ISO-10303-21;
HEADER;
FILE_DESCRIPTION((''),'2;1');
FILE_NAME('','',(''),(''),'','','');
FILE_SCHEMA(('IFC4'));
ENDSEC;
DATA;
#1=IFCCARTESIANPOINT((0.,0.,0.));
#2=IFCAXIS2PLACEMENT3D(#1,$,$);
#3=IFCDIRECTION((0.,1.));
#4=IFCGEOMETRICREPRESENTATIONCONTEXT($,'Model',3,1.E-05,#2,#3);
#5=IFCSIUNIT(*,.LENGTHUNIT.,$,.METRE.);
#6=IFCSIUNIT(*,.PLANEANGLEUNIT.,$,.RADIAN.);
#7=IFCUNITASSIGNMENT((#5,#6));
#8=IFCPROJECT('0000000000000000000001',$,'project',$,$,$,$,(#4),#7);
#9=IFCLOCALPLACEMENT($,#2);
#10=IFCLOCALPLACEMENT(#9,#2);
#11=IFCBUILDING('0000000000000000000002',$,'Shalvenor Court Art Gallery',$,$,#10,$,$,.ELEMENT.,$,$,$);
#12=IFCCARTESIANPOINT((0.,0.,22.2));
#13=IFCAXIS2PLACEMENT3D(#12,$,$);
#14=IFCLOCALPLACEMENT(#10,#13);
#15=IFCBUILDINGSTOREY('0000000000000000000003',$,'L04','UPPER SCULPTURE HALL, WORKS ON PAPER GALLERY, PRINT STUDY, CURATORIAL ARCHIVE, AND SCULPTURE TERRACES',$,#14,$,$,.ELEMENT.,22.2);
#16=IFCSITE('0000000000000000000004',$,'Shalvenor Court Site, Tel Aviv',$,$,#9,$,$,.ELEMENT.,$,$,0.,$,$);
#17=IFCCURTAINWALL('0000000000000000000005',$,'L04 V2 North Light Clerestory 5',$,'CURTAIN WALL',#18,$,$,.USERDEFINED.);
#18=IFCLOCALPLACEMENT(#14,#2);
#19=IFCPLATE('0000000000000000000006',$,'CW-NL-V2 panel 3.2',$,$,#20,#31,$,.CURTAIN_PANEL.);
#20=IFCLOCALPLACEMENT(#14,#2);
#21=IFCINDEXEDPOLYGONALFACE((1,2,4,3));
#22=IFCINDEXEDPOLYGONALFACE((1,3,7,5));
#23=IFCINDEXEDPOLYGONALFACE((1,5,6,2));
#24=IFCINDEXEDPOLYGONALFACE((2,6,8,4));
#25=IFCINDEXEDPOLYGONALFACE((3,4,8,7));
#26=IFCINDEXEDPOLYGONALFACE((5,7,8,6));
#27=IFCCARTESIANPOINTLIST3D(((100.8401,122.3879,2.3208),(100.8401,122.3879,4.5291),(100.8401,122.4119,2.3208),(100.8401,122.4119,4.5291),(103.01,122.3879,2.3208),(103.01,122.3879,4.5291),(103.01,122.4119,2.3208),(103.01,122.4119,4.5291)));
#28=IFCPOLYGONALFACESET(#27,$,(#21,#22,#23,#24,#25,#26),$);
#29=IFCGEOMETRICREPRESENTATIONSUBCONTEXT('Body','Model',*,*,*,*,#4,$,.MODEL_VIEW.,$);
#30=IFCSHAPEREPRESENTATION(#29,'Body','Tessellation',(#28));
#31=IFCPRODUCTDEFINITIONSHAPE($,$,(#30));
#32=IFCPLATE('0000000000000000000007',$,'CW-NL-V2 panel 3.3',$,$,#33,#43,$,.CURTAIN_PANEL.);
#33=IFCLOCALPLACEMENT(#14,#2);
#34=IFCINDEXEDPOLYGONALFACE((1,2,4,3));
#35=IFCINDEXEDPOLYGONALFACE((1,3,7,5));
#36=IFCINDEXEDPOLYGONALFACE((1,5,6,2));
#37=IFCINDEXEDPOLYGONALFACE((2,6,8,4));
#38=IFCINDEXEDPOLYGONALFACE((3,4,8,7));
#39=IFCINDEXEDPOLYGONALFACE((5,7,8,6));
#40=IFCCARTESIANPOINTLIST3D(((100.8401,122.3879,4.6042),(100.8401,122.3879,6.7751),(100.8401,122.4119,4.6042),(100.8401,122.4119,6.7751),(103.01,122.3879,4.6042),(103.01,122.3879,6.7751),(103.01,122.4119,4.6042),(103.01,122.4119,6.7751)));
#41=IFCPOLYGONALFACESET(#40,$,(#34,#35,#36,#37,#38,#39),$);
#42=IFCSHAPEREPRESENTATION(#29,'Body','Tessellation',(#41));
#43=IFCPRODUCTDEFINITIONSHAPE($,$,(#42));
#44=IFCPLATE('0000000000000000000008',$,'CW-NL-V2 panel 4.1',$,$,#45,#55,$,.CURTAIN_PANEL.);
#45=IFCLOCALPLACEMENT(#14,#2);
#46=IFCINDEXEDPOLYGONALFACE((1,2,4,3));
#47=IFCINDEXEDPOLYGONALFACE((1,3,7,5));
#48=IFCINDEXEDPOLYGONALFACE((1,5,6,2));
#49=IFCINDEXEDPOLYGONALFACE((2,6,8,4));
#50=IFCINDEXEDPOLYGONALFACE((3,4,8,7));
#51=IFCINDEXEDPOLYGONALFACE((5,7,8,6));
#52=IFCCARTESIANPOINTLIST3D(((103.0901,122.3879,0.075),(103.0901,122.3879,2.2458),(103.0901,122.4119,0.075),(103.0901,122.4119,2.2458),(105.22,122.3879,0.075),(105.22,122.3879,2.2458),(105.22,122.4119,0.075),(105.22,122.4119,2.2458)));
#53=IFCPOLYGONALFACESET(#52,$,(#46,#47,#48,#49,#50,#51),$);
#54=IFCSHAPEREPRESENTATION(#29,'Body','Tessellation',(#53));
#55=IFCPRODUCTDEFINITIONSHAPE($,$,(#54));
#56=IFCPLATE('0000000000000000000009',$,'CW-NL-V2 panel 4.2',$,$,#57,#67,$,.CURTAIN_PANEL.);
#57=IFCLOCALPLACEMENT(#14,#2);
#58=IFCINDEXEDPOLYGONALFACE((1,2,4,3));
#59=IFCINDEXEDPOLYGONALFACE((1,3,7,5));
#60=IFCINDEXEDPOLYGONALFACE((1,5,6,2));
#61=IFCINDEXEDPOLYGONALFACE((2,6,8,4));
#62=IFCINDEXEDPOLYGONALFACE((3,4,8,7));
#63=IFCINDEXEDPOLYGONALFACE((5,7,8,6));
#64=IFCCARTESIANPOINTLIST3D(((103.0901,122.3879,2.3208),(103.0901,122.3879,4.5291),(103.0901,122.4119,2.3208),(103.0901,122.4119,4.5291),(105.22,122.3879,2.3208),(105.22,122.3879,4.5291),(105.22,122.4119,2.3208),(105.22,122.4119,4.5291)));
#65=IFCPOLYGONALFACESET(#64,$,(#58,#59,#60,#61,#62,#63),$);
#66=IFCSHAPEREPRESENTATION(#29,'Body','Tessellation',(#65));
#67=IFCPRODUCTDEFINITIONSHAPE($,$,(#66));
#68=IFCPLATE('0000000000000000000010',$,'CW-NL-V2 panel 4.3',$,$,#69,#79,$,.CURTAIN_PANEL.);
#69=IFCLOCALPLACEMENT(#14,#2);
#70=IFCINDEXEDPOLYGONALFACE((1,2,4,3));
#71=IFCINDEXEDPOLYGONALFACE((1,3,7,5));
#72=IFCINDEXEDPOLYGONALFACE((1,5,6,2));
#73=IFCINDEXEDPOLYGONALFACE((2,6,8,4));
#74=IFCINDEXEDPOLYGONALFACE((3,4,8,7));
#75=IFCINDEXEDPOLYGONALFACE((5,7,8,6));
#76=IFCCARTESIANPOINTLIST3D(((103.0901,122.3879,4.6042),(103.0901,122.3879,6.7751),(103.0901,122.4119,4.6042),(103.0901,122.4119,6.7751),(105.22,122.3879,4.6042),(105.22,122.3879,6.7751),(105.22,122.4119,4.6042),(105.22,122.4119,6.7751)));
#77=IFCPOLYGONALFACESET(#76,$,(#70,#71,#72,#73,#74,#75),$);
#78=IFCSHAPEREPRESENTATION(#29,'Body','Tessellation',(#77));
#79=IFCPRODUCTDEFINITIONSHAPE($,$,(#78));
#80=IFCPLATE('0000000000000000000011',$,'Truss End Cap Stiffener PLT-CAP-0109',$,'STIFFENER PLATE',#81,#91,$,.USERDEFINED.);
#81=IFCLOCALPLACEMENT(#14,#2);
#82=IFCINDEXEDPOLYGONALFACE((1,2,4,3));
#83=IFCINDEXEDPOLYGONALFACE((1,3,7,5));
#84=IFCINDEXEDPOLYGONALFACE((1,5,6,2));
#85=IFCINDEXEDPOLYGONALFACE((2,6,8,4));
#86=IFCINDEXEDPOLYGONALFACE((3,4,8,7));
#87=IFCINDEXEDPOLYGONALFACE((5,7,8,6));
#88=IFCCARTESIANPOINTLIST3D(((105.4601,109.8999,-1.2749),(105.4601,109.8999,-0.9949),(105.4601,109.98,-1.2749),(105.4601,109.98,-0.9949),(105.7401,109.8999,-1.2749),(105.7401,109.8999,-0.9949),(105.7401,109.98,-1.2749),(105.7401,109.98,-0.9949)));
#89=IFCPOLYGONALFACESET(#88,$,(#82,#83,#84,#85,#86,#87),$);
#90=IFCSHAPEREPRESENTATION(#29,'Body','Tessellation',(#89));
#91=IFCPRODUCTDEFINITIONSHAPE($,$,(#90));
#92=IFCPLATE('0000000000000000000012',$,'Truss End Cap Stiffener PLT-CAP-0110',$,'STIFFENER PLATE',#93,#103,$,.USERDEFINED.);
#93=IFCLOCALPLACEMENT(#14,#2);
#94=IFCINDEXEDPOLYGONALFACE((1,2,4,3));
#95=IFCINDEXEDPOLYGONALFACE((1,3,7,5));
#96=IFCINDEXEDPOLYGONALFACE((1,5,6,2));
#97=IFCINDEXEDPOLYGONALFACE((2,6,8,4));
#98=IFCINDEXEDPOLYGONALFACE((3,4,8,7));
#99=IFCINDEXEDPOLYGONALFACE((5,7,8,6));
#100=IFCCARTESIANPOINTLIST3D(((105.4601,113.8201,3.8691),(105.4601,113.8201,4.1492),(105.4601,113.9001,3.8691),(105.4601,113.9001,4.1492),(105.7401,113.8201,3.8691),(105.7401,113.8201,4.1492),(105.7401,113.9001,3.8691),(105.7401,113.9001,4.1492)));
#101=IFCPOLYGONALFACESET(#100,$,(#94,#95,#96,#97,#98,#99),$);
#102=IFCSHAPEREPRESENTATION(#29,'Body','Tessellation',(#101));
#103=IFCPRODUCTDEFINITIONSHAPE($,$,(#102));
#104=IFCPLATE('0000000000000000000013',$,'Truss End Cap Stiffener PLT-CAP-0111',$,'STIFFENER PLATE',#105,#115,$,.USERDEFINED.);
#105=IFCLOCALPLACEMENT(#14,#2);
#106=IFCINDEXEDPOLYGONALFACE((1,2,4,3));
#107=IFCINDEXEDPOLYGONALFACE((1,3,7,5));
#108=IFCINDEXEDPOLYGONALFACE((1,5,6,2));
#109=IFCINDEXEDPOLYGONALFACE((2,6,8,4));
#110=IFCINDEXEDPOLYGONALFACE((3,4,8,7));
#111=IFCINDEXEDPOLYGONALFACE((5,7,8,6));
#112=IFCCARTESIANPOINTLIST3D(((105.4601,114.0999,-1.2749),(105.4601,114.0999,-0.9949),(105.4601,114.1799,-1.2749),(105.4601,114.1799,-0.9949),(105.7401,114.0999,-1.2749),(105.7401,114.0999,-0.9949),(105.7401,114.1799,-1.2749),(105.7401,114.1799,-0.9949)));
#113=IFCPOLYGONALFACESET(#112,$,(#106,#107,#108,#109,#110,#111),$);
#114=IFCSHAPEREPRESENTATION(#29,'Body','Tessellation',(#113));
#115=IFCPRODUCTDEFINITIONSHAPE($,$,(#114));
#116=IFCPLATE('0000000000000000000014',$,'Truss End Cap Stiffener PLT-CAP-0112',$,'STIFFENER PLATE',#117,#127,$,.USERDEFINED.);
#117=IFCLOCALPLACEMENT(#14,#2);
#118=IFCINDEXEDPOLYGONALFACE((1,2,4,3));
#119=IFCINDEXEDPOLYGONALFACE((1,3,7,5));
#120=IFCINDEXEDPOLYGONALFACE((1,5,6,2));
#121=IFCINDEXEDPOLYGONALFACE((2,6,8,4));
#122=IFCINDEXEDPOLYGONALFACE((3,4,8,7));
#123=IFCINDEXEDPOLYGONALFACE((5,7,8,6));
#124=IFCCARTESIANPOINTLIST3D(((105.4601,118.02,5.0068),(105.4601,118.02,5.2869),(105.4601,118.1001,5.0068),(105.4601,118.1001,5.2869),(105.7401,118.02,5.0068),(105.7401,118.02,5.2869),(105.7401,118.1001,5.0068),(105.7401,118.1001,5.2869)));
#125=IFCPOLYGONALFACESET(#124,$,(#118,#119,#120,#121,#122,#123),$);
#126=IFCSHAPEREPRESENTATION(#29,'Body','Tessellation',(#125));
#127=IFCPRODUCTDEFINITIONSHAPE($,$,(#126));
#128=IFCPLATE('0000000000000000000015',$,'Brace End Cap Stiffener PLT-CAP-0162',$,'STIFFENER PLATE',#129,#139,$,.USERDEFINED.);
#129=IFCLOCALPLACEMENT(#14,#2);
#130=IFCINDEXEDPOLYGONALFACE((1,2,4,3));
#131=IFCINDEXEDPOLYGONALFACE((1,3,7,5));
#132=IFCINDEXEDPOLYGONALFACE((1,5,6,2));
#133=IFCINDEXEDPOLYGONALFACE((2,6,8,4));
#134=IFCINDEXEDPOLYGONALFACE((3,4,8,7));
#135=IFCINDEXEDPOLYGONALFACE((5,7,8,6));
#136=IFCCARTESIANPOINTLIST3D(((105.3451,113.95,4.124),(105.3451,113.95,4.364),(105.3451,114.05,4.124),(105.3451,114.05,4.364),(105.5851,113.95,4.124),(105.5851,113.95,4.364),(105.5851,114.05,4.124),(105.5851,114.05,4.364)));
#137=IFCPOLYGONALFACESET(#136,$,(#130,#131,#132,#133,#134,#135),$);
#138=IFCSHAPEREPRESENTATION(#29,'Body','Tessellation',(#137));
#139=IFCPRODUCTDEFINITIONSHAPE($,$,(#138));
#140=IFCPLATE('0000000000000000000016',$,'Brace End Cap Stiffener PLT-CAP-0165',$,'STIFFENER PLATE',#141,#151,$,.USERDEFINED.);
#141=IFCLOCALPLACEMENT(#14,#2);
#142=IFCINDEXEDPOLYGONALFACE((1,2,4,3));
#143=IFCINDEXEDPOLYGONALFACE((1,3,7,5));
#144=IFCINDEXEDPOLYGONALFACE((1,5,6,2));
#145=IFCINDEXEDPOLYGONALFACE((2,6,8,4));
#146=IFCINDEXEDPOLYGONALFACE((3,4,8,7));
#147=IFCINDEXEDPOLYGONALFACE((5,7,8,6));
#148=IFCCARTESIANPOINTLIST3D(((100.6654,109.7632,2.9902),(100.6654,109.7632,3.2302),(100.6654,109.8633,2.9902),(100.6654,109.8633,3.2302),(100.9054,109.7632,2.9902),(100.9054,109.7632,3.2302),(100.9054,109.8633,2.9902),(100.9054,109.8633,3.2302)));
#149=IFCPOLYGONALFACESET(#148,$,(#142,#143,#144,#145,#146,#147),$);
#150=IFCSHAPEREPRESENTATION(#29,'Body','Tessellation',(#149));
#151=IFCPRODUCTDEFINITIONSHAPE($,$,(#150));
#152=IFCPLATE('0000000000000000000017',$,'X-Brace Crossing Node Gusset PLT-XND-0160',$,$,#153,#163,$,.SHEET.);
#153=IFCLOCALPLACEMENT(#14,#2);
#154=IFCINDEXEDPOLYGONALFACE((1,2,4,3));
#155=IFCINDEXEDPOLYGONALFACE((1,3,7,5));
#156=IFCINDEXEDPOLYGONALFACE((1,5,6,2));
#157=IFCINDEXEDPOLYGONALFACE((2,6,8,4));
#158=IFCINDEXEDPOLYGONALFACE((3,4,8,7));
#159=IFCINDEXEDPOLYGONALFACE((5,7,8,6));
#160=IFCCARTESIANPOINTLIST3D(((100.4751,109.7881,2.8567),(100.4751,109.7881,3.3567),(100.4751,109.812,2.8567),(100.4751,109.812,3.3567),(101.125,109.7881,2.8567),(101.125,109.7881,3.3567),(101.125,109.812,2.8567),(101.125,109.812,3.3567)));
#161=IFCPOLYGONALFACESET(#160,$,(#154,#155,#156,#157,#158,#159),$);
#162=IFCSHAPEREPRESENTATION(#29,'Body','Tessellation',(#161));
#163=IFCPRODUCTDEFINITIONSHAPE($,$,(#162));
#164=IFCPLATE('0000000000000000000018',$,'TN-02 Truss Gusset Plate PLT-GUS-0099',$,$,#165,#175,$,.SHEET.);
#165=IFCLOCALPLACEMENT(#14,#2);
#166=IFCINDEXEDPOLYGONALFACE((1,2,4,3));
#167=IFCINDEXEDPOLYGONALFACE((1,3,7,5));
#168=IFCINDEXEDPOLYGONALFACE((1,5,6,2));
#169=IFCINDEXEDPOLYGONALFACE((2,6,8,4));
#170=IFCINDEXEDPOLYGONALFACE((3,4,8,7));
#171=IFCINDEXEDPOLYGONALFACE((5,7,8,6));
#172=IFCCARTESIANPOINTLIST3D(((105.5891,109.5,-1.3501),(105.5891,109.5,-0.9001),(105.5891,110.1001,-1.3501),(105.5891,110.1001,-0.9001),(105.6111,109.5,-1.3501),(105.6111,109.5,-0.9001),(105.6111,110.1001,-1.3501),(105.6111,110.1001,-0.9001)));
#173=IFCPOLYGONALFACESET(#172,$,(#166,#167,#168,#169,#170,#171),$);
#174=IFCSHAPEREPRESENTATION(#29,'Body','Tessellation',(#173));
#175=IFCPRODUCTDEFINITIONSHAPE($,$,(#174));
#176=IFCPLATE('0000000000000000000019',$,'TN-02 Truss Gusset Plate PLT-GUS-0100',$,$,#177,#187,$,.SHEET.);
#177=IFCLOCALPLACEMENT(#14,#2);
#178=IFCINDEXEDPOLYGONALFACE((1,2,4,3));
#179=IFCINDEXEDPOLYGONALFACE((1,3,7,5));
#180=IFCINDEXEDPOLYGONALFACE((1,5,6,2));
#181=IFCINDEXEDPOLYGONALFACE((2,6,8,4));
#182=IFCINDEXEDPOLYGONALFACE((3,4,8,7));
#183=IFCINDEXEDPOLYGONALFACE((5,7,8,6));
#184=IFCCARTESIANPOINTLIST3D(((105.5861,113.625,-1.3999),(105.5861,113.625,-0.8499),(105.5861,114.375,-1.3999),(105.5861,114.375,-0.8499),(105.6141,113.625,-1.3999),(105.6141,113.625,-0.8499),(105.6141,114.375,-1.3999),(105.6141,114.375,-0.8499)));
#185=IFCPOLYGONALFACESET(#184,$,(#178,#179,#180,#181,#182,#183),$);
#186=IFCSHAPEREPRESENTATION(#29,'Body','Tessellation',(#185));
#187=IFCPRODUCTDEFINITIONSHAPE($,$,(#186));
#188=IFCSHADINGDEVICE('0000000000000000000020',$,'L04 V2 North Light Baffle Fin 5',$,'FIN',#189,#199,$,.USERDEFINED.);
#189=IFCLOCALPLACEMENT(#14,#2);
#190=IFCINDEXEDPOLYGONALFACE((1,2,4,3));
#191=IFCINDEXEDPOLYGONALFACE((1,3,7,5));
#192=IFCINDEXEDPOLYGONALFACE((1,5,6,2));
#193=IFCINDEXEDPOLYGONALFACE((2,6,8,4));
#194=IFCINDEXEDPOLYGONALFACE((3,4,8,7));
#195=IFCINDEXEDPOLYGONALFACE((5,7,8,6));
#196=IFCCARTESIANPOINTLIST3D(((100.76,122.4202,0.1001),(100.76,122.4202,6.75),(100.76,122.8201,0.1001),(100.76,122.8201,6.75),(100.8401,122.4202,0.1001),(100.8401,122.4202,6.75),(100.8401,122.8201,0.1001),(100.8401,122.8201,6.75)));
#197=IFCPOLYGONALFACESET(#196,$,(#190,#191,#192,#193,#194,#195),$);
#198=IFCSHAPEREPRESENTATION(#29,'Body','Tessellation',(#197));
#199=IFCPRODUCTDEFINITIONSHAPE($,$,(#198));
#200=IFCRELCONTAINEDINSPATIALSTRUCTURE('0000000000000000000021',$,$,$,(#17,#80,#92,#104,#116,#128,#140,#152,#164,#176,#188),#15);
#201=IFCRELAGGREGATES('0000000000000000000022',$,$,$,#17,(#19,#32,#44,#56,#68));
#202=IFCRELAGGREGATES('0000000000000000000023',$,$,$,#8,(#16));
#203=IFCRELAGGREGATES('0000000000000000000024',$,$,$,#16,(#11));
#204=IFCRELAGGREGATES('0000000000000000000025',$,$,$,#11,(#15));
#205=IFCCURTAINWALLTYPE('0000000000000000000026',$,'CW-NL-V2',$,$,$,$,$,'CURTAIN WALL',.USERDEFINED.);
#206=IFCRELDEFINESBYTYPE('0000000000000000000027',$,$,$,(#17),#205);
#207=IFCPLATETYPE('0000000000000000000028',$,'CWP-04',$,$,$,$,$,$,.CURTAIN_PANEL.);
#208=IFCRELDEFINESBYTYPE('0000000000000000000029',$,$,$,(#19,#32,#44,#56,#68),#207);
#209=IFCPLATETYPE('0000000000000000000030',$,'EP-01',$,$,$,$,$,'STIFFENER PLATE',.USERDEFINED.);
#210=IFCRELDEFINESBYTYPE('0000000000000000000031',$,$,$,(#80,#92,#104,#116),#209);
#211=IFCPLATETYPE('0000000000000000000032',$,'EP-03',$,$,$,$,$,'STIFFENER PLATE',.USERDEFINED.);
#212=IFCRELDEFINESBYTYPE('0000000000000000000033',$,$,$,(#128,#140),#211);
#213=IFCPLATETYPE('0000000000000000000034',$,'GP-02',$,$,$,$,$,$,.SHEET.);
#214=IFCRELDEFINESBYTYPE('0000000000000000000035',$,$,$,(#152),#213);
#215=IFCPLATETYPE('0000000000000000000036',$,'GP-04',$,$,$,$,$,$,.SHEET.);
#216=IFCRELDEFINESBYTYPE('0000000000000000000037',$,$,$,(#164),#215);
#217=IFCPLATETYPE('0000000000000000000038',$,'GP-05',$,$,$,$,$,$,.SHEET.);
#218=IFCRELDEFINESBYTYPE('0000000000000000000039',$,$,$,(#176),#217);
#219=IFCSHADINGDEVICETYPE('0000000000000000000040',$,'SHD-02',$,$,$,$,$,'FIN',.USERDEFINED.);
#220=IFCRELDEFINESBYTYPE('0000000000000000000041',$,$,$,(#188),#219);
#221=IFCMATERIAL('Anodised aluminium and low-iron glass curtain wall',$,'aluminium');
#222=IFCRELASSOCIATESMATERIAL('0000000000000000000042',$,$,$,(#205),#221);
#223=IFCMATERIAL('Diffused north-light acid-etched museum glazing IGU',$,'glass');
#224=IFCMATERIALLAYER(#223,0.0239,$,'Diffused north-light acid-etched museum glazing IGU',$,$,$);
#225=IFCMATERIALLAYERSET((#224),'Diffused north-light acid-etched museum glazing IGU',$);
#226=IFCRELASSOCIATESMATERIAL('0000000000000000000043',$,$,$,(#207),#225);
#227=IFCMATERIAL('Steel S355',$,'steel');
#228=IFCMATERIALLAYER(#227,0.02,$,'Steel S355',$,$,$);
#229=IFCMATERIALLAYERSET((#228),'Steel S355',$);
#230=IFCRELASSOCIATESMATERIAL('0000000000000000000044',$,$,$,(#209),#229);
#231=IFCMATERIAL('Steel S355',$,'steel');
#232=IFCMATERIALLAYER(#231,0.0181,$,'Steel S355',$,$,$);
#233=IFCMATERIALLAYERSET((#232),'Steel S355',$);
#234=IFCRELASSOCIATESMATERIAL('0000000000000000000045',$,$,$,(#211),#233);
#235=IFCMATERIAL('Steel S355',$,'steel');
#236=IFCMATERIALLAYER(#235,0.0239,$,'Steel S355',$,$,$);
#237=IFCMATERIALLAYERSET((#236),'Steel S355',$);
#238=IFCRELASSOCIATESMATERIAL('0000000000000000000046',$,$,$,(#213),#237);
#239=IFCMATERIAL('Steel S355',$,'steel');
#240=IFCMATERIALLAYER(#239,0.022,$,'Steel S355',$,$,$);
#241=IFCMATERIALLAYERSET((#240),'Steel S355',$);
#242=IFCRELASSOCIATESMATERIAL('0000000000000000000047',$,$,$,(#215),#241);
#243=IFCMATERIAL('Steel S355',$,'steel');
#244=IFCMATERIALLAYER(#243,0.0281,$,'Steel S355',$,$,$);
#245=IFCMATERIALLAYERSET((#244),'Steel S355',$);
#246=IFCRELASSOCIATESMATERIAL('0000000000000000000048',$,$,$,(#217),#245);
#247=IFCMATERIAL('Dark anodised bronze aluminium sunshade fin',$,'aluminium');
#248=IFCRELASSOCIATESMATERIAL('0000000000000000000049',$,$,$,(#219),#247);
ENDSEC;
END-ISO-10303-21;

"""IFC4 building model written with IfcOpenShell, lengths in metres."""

from ifc_helpers import new_model, si_unit, direction, frame, origin, origin_2d, place, context, subcontext, project, spatial, rectangle, extrude, material, layer, layer_set, type_object, element, aggregate, save


model = new_model("IFC4")

# Units and contexts
model_context = context("Model", 3, precision=1e-05, world=origin(), true_north=direction((0.0, 1.0)))
body_context = subcontext(model_context, "Body", "Model", "MODEL_VIEW")
ifc_project = project(units=[si_unit("LENGTHUNIT", "METRE"), si_unit("PLANEANGLEUNIT", "RADIAN")], contexts=[model_context])

# Site, building, storey
site_placement = place(None, origin())
site = spatial("IfcSite", under=ifc_project, at=site_placement, Name="Shalvenor Court Site, Tel Aviv", CompositionType="ELEMENT", RefElevation=0.0)
building_placement = place(site_placement, origin())
building = spatial("IfcBuilding", under=site, at=building_placement, Name="Shalvenor Court Art Gallery", CompositionType="ELEMENT")
storey_placement = place(building_placement, frame((0.0, 0.0, 22.2)))
storey = spatial("IfcBuildingStorey", under=building, at=storey_placement, Name="L04", Description="UPPER SCULPTURE HALL, WORKS ON PAPER GALLERY, PRINT STUDY, CURATORIAL ARCHIVE, AND SCULPTURE TERRACES", CompositionType="ELEMENT", Elevation=22.2)

# Curtain wall
ifc_material_1 = material(Name="Anodised aluminium and low-iron glass curtain wall", Category="aluminium")
curtain_wall_type = type_object("IfcCurtainWallType", Name="CW-NL-V2", ElementType="CURTAIN WALL", PredefinedType="USERDEFINED", material=ifc_material_1)
curtain_wall_placement = place(storey_placement, origin())
curtain_wall = element("IfcCurtainWall", 1, at=curtain_wall_placement, inside=storey, type_object=curtain_wall_type, Name="L04 V2 North Light Clerestory 5", ObjectType="CURTAIN WALL", PredefinedType="USERDEFINED")

# Plates
ifc_material_2 = material(Name="Diffused north-light acid-etched museum glazing IGU", Category="glass")
ifc_layer_1 = layer(ifc_material_2, 0.0239, Name="Diffused north-light acid-etched museum glazing IGU")
ifc_layer_set_1 = layer_set([ifc_layer_1], Name="Diffused north-light acid-etched museum glazing IGU")
plate_type_1 = type_object("IfcPlateType", Name="CWP-04", PredefinedType="CURTAIN_PANEL", material=ifc_layer_set_1)
plate_1_placement = place(storey_placement, frame((101.925, 122.3999, 2.3208), z_axis=(0.0, 0.0, 1.0), x_axis=(1.0, 0.0, 0.0)))
plate_1 = element("IfcPlate", 2, at=plate_1_placement, type_object=plate_type_1, Name="CW-NL-V2 panel 3.2", PredefinedType="CURTAIN_PANEL", context=body_context, shape_type="SweptSolid", body=[
    extrude(rectangle(XDim=2.1699, YDim=0.0239, at=origin_2d()), origin(), (0.0, 0.0, 1.0), 2.2083),
])
plate_2_placement = place(storey_placement, frame((101.925, 122.3999, 4.6042), z_axis=(0.0, 0.0, 1.0), x_axis=(1.0, 0.0, 0.0)))
plate_2 = element("IfcPlate", 3, at=plate_2_placement, type_object=plate_type_1, Name="CW-NL-V2 panel 3.3", PredefinedType="CURTAIN_PANEL", context=body_context, shape_type="SweptSolid", body=[
    extrude(rectangle(XDim=2.1699, YDim=0.0239, at=origin_2d()), origin(), (0.0, 0.0, 1.0), 2.1709),
])
plate_3_placement = place(storey_placement, frame((104.155, 122.3999, 0.075), z_axis=(0.0, 0.0, 1.0), x_axis=(1.0, 0.0, 0.0)))
plate_3 = element("IfcPlate", 4, at=plate_3_placement, type_object=plate_type_1, Name="CW-NL-V2 panel 4.1", PredefinedType="CURTAIN_PANEL", context=body_context, shape_type="SweptSolid", body=[
    extrude(rectangle(XDim=2.1299, YDim=0.0239, at=origin_2d()), origin(), (0.0, 0.0, 1.0), 2.1709),
])
plate_4_placement = place(storey_placement, frame((104.155, 122.3999, 2.3208), z_axis=(0.0, 0.0, 1.0), x_axis=(1.0, 0.0, 0.0)))
plate_4 = element("IfcPlate", 5, at=plate_4_placement, type_object=plate_type_1, Name="CW-NL-V2 panel 4.2", PredefinedType="CURTAIN_PANEL", context=body_context, shape_type="SweptSolid", body=[
    extrude(rectangle(XDim=2.1299, YDim=0.0239, at=origin_2d()), origin(), (0.0, 0.0, 1.0), 2.2083),
])
plate_5_placement = place(storey_placement, frame((104.155, 122.3999, 4.6042), z_axis=(0.0, 0.0, 1.0), x_axis=(1.0, 0.0, 0.0)))
plate_5 = element("IfcPlate", 6, at=plate_5_placement, type_object=plate_type_1, Name="CW-NL-V2 panel 4.3", PredefinedType="CURTAIN_PANEL", context=body_context, shape_type="SweptSolid", body=[
    extrude(rectangle(XDim=2.1299, YDim=0.0239, at=origin_2d()), origin(), (0.0, 0.0, 1.0), 2.1709),
])
aggregate(curtain_wall, [plate_1, plate_2, plate_3, plate_4, plate_5])

# Plates
ifc_material_3 = material(Name="Steel S355", Category="steel")
ifc_layer_2 = layer(ifc_material_3, 0.02, Name="Steel S355")
ifc_layer_set_2 = layer_set([ifc_layer_2], Name="Steel S355")
plate_type_2 = type_object("IfcPlateType", Name="EP-01", ElementType="STIFFENER PLATE", PredefinedType="USERDEFINED", material=ifc_layer_set_2)
for number, where, z_axis, x_axis, name in (
    (7, (105.6001, 109.9399, -1.2749), (0.0, 0.0, 1.0), (1.0, 0.0, 0.0), "Truss End Cap Stiffener PLT-CAP-0109"),
    (8, (105.6001, 113.8601, 3.8691), (0.0, 0.0, 1.0), (1.0, 0.0, 0.0), "Truss End Cap Stiffener PLT-CAP-0110"),
    (9, (105.6001, 114.1399, -1.2749), (0.0, 0.0, 1.0), (1.0, 0.0, 0.0), "Truss End Cap Stiffener PLT-CAP-0111"),
    (10, (105.6001, 118.0601, 5.0068), (0.0, 0.0, 1.0), (1.0, 0.0, 0.0), "Truss End Cap Stiffener PLT-CAP-0112"),
):
    element("IfcPlate", number, at=place(storey_placement, frame(where, z_axis=z_axis, x_axis=x_axis)), inside=storey, type_object=plate_type_2, Name=name, ObjectType="STIFFENER PLATE", PredefinedType="USERDEFINED", context=body_context, shape_type="SweptSolid", body=[
        extrude(rectangle(XDim=0.28, YDim=0.0801, at=origin_2d()), origin(), (0.0, 0.0, 1.0), 0.28),
    ])
ifc_material_4 = material(Name="Steel S355", Category="steel")
ifc_layer_3 = layer(ifc_material_4, 0.0181, Name="Steel S355")
ifc_layer_set_3 = layer_set([ifc_layer_3], Name="Steel S355")
plate_type_3 = type_object("IfcPlateType", Name="EP-03", ElementType="STIFFENER PLATE", PredefinedType="USERDEFINED", material=ifc_layer_set_3)
for number, where, z_axis, x_axis, name in (
    (11, (105.4651, 114.0, 4.124), (0.0, 0.0, 1.0), (1.0, 0.0, 0.0), "Brace End Cap Stiffener PLT-CAP-0162"),
    (12, (100.7854, 109.8132, 2.9902), (0.0, 0.0, 1.0), (1.0, 0.0, 0.0), "Brace End Cap Stiffener PLT-CAP-0165"),
):
    element("IfcPlate", number, at=place(storey_placement, frame(where, z_axis=z_axis, x_axis=x_axis)), inside=storey, type_object=plate_type_3, Name=name, ObjectType="STIFFENER PLATE", PredefinedType="USERDEFINED", context=body_context, shape_type="SweptSolid", body=[
        extrude(rectangle(XDim=0.24, YDim=0.1001, at=origin_2d()), origin(), (0.0, 0.0, 1.0), 0.24),
    ])
ifc_material_5 = material(Name="Steel S355", Category="steel")
ifc_layer_4 = layer(ifc_material_5, 0.0239, Name="Steel S355")
ifc_layer_set_4 = layer_set([ifc_layer_4], Name="Steel S355")
plate_type_4 = type_object("IfcPlateType", Name="GP-02", PredefinedType="SHEET", material=ifc_layer_set_4)
plate_6_placement = place(storey_placement, frame((100.8, 109.8, 2.8567), z_axis=(0.0, 0.0, 1.0), x_axis=(1.0, 0.0, 0.0)))
element("IfcPlate", 13, at=plate_6_placement, inside=storey, type_object=plate_type_4, Name="X-Brace Crossing Node Gusset PLT-XND-0160", PredefinedType="SHEET", context=body_context, shape_type="SweptSolid", body=[
    extrude(rectangle(XDim=0.6499, YDim=0.0239, at=origin_2d()), origin(), (0.0, 0.0, 1.0), 0.5),
])
ifc_material_6 = material(Name="Steel S355", Category="steel")
ifc_layer_5 = layer(ifc_material_6, 0.022, Name="Steel S355")
ifc_layer_set_5 = layer_set([ifc_layer_5], Name="Steel S355")
plate_type_5 = type_object("IfcPlateType", Name="GP-04", PredefinedType="SHEET", material=ifc_layer_set_5)
plate_7_placement = place(storey_placement, frame((105.6001, 109.8, -1.3501), z_axis=(0.0, 0.0, 1.0), x_axis=(0.0, 1.0, 0.0)))
element("IfcPlate", 14, at=plate_7_placement, inside=storey, type_object=plate_type_5, Name="TN-02 Truss Gusset Plate PLT-GUS-0099", PredefinedType="SHEET", context=body_context, shape_type="SweptSolid", body=[
    extrude(rectangle(XDim=0.6001, YDim=0.022, at=origin_2d()), origin(), (0.0, 0.0, 1.0), 0.45),
])
ifc_material_7 = material(Name="Steel S355", Category="steel")
ifc_layer_6 = layer(ifc_material_7, 0.0281, Name="Steel S355")
ifc_layer_set_6 = layer_set([ifc_layer_6], Name="Steel S355")
plate_type_6 = type_object("IfcPlateType", Name="GP-05", PredefinedType="SHEET", material=ifc_layer_set_6)
plate_8_placement = place(storey_placement, frame((105.6001, 114.0, -1.3999), z_axis=(0.0, 0.0, 1.0), x_axis=(0.0, 1.0, 0.0)))
element("IfcPlate", 15, at=plate_8_placement, inside=storey, type_object=plate_type_6, Name="TN-02 Truss Gusset Plate PLT-GUS-0100", PredefinedType="SHEET", context=body_context, shape_type="SweptSolid", body=[
    extrude(rectangle(XDim=0.75, YDim=0.0281, at=origin_2d()), origin(), (0.0, 0.0, 1.0), 0.55),
])

# Shading device
ifc_material_8 = material(Name="Dark anodised bronze aluminium sunshade fin", Category="aluminium")
shading_device_type = type_object("IfcShadingDeviceType", Name="SHD-02", ElementType="FIN", PredefinedType="USERDEFINED", material=ifc_material_8)
shading_device_placement = place(storey_placement, frame((100.8, 122.6201, 0.1001), z_axis=(0.0, 0.0, 1.0), x_axis=(1.0, 0.0, 0.0)))
element("IfcShadingDevice", 16, at=shading_device_placement, inside=storey, type_object=shading_device_type, Name="L04 V2 North Light Baffle Fin 5", ObjectType="FIN", PredefinedType="USERDEFINED", context=body_context, shape_type="SweptSolid", body=[
    extrude(rectangle(XDim=0.0801, YDim=0.3999, at=origin_2d()), origin(), (0.0, 0.0, 1.0), 6.6499),
])

save(model, "model.ifc")
